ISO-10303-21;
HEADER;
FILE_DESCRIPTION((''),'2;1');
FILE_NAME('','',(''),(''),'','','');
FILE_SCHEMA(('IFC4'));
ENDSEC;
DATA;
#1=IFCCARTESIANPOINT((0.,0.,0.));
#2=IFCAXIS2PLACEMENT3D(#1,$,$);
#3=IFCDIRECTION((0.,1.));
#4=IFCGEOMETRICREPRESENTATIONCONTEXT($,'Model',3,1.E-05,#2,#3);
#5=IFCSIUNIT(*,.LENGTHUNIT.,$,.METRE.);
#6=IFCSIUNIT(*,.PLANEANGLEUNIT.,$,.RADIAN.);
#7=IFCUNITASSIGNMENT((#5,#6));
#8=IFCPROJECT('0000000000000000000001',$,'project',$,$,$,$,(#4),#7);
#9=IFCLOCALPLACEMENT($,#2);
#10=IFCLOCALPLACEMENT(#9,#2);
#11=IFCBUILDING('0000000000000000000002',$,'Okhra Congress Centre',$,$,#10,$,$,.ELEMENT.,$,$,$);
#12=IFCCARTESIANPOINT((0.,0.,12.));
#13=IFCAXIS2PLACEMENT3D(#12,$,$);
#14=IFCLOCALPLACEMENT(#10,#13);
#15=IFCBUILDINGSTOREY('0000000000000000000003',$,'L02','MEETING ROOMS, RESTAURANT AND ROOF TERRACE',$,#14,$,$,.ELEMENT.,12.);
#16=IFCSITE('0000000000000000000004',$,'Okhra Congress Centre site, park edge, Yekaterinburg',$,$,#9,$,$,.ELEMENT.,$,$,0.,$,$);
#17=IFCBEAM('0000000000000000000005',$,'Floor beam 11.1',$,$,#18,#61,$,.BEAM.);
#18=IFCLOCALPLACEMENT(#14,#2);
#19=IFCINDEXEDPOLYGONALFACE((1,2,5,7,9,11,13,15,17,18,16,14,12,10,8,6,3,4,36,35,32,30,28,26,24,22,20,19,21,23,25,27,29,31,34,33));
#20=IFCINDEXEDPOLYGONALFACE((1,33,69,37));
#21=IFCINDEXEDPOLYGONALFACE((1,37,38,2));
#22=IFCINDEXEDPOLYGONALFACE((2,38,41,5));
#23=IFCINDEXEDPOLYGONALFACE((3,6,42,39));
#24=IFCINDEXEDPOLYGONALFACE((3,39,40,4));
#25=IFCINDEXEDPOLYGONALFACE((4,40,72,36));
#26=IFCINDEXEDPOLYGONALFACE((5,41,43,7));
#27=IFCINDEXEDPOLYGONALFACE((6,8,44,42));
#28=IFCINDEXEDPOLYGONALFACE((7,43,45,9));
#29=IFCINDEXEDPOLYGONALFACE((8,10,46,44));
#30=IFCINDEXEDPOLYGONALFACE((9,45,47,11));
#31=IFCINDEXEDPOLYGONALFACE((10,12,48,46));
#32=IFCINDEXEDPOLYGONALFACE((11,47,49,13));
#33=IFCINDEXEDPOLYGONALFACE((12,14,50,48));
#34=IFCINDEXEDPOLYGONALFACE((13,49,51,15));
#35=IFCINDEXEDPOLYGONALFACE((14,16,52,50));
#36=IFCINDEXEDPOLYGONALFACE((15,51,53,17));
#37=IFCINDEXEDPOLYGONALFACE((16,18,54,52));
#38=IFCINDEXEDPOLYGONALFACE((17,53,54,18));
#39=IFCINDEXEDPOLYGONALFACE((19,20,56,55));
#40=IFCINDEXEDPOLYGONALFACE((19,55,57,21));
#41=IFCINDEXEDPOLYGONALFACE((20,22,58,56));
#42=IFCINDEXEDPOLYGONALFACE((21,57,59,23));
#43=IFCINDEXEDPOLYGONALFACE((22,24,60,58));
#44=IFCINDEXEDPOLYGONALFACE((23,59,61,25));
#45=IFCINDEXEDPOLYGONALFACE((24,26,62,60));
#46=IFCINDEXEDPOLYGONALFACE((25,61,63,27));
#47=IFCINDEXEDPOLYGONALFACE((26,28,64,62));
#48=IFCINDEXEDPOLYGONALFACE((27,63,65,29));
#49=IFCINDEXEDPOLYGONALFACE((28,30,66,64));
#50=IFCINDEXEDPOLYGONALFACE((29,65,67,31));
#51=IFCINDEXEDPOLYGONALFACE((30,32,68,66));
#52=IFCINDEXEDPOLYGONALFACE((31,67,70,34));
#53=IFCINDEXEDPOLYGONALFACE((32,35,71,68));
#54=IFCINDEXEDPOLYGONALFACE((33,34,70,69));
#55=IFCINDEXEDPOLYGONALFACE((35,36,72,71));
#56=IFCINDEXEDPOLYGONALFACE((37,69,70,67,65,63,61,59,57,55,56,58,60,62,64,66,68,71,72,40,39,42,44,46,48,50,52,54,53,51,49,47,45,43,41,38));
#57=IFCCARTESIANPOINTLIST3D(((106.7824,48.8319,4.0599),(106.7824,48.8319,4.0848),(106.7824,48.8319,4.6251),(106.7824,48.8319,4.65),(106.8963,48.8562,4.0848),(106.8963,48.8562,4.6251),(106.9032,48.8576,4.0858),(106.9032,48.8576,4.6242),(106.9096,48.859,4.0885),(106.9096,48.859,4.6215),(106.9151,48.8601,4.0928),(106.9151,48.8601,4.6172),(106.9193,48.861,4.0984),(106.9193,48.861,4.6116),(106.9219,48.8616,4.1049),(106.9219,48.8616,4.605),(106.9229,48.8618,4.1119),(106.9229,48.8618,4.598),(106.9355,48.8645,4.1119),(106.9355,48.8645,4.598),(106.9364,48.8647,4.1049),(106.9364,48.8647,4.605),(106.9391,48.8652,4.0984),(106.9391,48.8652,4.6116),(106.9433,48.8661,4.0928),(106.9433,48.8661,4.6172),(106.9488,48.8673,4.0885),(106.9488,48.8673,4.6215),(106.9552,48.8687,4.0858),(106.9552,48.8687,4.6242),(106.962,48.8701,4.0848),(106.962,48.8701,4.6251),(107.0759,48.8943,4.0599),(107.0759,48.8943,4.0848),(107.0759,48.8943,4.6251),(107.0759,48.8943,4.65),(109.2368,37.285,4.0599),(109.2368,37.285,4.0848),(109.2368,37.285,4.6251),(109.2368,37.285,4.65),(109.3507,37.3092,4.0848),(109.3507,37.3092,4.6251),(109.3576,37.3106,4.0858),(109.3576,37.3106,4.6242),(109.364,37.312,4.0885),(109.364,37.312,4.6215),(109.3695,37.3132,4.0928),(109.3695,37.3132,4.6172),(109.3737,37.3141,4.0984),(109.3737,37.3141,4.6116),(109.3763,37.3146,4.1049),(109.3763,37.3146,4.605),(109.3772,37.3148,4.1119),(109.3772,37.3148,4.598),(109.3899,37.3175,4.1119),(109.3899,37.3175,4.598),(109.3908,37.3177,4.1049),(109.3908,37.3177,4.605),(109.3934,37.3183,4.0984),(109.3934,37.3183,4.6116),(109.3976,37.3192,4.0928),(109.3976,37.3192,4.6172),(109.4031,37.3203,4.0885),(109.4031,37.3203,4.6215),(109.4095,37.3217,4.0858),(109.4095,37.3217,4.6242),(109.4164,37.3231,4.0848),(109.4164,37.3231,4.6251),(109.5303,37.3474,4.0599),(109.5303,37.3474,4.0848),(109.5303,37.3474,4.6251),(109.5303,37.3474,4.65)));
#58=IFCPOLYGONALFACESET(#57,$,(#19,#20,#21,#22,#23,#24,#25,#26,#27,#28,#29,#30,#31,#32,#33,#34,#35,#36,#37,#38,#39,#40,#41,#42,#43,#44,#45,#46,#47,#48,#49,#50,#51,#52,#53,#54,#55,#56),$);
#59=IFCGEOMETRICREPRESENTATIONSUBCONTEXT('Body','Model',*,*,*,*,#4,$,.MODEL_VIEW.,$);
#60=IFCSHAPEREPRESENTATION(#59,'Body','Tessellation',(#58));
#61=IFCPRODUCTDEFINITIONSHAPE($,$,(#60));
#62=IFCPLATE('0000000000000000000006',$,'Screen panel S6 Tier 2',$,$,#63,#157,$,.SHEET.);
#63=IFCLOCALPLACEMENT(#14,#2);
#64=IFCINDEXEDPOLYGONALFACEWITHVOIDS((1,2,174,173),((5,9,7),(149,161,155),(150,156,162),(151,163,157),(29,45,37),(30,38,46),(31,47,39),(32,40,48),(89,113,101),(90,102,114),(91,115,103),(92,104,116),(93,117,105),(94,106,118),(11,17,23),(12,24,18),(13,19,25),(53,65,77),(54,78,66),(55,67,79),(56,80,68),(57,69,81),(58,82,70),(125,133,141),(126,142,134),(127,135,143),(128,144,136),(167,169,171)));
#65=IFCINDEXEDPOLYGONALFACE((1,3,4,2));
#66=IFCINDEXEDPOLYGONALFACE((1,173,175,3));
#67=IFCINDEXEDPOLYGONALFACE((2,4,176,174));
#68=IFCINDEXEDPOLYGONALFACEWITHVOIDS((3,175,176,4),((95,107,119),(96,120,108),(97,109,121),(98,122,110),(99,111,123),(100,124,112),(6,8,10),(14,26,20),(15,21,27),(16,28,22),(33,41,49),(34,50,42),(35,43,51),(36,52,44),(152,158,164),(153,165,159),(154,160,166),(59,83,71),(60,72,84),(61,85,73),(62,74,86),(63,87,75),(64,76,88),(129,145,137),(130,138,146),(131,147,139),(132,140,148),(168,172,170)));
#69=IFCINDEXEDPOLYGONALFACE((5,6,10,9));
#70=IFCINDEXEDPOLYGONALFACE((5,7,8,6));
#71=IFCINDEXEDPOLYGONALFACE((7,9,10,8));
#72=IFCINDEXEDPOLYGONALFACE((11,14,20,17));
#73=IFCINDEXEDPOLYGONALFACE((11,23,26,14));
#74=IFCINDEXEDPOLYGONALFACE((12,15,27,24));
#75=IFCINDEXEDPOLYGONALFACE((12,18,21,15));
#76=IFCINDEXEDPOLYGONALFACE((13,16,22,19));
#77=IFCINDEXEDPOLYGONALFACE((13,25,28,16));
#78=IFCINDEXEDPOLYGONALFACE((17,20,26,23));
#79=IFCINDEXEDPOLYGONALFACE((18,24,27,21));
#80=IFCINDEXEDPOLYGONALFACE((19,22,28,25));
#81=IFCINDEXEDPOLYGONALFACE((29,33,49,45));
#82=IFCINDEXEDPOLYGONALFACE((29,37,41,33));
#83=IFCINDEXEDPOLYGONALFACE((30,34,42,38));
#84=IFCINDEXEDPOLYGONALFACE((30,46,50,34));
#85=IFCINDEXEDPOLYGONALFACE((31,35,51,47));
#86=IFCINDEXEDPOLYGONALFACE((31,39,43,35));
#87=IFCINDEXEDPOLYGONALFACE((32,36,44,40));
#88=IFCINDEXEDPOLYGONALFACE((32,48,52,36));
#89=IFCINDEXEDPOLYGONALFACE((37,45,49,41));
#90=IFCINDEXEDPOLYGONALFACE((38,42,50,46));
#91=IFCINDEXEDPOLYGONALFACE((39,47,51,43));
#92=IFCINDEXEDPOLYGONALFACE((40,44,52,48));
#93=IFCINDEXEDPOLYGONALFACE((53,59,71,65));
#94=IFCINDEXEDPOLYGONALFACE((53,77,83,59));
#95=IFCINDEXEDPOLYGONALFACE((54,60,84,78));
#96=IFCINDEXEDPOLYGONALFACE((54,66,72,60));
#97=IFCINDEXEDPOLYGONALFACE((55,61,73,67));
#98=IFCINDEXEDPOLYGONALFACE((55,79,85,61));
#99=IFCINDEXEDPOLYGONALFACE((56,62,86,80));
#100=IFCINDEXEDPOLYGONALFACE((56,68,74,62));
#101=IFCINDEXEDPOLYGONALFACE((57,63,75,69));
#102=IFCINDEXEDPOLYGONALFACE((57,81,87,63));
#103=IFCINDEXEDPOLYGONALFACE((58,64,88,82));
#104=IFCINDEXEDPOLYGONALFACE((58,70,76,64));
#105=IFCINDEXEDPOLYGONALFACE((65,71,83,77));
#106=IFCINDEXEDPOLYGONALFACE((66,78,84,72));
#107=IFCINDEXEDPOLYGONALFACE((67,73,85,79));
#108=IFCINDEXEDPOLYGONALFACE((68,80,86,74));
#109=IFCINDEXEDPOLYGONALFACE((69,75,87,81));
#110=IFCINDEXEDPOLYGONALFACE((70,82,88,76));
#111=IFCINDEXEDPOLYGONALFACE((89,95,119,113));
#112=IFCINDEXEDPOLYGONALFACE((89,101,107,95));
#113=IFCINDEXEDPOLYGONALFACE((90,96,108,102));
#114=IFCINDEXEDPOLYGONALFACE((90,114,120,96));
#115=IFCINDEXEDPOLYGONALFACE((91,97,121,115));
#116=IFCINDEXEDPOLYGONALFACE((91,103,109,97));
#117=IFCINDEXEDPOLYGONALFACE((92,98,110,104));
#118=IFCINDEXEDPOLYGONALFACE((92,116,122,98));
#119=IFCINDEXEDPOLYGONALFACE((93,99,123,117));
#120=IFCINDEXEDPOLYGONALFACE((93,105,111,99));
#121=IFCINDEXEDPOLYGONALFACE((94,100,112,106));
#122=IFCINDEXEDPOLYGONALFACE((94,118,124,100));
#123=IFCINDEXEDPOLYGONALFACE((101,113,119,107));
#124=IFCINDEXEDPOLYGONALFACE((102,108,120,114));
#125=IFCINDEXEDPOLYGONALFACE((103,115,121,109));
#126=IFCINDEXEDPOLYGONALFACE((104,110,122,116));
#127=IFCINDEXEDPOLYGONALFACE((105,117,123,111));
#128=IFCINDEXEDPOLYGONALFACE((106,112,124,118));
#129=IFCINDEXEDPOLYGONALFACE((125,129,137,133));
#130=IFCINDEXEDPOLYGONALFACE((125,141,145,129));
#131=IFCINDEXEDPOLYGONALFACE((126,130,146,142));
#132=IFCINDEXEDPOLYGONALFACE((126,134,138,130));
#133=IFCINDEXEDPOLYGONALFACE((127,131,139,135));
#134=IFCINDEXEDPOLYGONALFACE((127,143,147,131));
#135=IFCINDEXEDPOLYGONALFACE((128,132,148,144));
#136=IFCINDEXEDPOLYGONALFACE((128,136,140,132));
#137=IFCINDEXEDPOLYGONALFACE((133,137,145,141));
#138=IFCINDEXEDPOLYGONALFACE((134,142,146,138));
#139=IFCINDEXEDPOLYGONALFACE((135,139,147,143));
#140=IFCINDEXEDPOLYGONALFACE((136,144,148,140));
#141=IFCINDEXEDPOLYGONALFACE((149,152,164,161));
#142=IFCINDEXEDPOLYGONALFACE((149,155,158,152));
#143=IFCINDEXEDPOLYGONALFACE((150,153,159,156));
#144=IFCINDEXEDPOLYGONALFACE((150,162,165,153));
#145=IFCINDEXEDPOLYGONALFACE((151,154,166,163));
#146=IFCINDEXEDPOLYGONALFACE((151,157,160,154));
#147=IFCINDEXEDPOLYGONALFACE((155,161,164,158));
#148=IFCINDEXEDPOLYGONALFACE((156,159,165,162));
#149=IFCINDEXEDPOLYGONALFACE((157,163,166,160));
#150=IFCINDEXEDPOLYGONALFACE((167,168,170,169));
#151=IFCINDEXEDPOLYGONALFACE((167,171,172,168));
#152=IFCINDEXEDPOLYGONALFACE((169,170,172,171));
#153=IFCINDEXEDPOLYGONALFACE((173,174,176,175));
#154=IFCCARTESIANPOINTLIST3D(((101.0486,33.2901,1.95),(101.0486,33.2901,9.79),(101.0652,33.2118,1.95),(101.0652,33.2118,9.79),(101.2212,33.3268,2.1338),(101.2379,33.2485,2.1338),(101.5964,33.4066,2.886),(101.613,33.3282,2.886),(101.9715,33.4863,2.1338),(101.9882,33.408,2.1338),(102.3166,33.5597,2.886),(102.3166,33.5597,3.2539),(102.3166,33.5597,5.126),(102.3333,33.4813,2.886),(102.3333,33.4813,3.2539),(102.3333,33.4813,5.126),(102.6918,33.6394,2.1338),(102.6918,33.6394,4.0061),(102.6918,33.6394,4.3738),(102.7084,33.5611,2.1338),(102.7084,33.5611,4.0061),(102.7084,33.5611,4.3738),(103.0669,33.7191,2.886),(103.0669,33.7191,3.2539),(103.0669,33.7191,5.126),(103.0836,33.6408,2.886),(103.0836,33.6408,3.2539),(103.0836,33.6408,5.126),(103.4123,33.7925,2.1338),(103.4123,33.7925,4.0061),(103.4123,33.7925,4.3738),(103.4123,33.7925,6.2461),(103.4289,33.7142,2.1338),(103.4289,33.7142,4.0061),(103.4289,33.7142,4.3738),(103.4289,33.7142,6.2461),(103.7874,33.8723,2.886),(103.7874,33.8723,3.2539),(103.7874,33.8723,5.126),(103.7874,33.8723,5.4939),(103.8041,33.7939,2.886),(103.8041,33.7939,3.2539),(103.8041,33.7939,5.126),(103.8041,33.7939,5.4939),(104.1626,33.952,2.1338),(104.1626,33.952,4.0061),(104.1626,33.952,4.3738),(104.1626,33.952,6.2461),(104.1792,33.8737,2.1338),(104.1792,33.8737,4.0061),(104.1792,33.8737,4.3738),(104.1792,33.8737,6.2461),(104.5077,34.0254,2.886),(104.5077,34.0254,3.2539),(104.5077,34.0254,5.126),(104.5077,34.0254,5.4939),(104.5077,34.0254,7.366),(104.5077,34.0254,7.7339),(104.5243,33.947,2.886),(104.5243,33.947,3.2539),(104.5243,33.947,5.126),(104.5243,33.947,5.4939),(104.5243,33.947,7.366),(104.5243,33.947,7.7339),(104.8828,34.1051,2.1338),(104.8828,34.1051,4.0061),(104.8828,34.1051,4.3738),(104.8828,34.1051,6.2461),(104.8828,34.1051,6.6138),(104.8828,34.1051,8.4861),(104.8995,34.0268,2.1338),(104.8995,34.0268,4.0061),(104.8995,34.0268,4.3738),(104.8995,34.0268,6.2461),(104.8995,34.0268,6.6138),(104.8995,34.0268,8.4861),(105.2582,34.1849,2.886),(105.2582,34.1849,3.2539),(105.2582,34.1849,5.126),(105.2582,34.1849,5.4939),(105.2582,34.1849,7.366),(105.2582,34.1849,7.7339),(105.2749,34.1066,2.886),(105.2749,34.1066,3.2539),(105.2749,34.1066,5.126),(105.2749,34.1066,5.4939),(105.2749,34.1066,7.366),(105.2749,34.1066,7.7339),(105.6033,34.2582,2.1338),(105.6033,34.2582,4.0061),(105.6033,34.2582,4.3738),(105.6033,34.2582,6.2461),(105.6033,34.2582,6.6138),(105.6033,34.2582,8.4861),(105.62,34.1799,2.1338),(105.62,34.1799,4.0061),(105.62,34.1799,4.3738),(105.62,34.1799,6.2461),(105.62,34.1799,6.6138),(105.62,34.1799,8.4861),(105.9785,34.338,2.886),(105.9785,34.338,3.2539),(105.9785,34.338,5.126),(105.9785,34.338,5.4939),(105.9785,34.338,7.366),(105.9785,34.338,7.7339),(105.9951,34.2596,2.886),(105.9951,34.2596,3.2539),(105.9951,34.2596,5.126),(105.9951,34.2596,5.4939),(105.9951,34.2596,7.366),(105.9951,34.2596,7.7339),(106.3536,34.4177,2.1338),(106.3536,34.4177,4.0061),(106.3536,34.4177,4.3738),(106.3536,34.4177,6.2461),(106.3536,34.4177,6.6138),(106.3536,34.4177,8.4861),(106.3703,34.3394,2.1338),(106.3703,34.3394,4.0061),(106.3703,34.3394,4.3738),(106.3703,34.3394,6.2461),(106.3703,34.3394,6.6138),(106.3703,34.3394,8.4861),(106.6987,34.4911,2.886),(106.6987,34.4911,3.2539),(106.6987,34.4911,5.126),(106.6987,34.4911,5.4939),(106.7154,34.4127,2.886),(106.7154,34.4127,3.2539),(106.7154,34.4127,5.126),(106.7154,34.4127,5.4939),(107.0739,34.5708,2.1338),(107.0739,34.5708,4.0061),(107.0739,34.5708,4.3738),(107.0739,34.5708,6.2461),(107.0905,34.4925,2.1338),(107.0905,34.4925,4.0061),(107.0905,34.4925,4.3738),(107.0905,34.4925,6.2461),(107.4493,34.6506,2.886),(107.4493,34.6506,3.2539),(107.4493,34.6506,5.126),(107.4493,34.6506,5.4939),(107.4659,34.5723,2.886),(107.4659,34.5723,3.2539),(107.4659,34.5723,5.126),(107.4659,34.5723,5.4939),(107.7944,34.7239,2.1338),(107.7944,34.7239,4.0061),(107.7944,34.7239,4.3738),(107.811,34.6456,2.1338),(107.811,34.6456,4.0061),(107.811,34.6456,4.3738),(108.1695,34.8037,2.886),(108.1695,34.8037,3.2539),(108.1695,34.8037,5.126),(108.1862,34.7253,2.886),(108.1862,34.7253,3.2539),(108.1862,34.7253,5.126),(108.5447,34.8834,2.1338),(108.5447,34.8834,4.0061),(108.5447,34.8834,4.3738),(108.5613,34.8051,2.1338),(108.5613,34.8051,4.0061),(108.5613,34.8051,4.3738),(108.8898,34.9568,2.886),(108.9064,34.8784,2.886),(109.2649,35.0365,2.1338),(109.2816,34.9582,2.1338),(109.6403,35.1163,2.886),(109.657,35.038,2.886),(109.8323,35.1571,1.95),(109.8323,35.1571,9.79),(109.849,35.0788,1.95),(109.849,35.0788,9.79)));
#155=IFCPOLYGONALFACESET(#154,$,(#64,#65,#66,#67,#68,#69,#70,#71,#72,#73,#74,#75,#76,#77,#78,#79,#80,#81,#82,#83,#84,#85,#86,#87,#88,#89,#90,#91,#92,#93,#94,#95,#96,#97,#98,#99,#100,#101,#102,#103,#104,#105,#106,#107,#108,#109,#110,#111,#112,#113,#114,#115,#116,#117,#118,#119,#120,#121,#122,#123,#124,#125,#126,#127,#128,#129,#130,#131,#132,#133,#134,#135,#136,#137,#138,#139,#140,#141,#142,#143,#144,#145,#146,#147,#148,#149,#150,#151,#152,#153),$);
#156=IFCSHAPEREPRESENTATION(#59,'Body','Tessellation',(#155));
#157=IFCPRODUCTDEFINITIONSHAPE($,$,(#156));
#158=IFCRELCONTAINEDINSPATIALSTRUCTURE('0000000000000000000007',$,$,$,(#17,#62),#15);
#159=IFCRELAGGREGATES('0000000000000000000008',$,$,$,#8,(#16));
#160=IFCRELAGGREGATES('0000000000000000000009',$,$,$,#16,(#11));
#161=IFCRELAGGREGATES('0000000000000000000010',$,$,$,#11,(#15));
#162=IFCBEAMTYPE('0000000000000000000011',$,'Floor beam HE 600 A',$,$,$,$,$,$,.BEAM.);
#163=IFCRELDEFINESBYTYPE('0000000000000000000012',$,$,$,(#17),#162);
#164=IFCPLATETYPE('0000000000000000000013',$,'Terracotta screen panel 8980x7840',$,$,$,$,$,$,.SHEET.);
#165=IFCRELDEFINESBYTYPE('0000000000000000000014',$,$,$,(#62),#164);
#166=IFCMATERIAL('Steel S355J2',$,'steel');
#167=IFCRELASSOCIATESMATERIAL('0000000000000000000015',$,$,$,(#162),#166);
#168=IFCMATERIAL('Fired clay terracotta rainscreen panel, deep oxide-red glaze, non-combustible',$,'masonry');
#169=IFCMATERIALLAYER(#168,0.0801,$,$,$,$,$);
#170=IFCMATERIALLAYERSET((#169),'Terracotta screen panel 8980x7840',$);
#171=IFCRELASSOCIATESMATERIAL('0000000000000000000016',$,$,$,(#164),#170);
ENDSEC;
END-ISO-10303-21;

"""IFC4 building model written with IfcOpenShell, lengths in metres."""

from ifc_helpers import new_model, si_unit, direction, frame, origin, origin_2d, place, context, subcontext, project, spatial, polyline, i_section, outline, extrude, material, layer, layer_set, material_profile, profile_set, type_object, element, save


model = new_model("IFC4")

# Units and contexts
model_context = context("Model", 3, precision=1e-05, world=origin(), true_north=direction((0.0, 1.0)))
body_context = subcontext(model_context, "Body", "Model", "MODEL_VIEW")
ifc_project = project(units=[si_unit("LENGTHUNIT", "METRE"), si_unit("PLANEANGLEUNIT", "RADIAN")], contexts=[model_context])

# Site, building, storey
site_placement = place(None, origin())
site = spatial("IfcSite", under=ifc_project, at=site_placement, Name="Okhra Congress Centre site, park edge, Yekaterinburg", CompositionType="ELEMENT", RefElevation=0.0)
building_placement = place(site_placement, origin())
building = spatial("IfcBuilding", under=site, at=building_placement, Name="Okhra Congress Centre", CompositionType="ELEMENT")
storey_placement = place(building_placement, frame((0.0, 0.0, 12.0)))
storey = spatial("IfcBuildingStorey", under=building, at=storey_placement, Name="L02", Description="MEETING ROOMS, RESTAURANT AND ROOF TERRACE", CompositionType="ELEMENT", Elevation=12.0)

# Shared definitions
ifc_material_1 = material(Name="Steel S355J2", Category="steel")

# Beam
ifc_material_profile_1 = material_profile(ifc_material_1, i_section(OverallWidth=0.3, OverallDepth=0.5901, WebThickness=0.0129, FlangeThickness=0.0249, FilletRadius=0.0271, at=origin_2d()), Name="HE 600 A")
ifc_profile_set_1 = profile_set([ifc_material_profile_1], Name="Steel S355J2")
beam_type_1 = type_object("IfcBeamType", Name="Floor beam HE 600 A", PredefinedType="BEAM", material=ifc_profile_set_1)
beam_1_placement = place(storey_placement, frame((109.3835, 37.3162, 4.355), z_axis=(-0.20791, 0.978148, 0.0), x_axis=(-0.978148, -0.20791, 0.0)))
element("IfcBeam", 1, at=beam_1_placement, inside=storey, type_object=beam_type_1, Name="Floor beam 11.1", PredefinedType="BEAM", context=body_context, shape_type="SweptSolid", body=[
    extrude(i_section(OverallWidth=0.3, OverallDepth=0.5901, WebThickness=0.0129, FlangeThickness=0.0249, FilletRadius=0.0271, at=origin_2d()), origin(), (0.0, 0.0, 1.0), 11.8049),
])

# Plate
ifc_material_2 = material(Name="Fired clay terracotta rainscreen panel, deep oxide-red glaze, non-combustible", Category="masonry")
ifc_layer_1 = layer(ifc_material_2, 0.0801)
ifc_layer_set_1 = layer_set([ifc_layer_1], Name="Terracotta screen panel 8980x7840")
plate_type = type_object("IfcPlateType", Name="Terracotta screen panel 8980x7840", PredefinedType="SHEET", material=ifc_layer_set_1)
plate_1_placement = place(storey_placement, frame((101.0569, 33.251, 1.95), z_axis=(0.0, 0.0, 1.0), x_axis=(0.97815, 0.207902, 0.0)))
element("IfcPlate", 2, at=plate_1_placement, inside=storey, type_object=plate_type, Name="Screen panel S6 Tier 2", PredefinedType="SHEET", context=body_context, shape_type="SweptSolid", body=[
    extrude(outline(polyline([(0.0, 0.0), (8.98, 0.0), (8.98, 7.8401), (0.0, 7.8401), (0.0, 0.0)]), holes=[polyline([(0.1765, 0.1838), (0.9436, 0.1838), (0.5601, 0.936), (0.1765, 0.1838)]), polyline([(1.2964, 0.936), (1.6799, 0.1838), (2.0635, 0.936), (1.2964, 0.936)]), polyline([(2.4165, 0.1838), (3.1836, 0.1838), (2.8, 0.936), (2.4165, 0.1838)]), polyline([(3.5364, 0.936), (3.9199, 0.1838), (4.3037, 0.936), (3.5364, 0.936)]), polyline([(4.6565, 0.1838), (5.4236, 0.1838), (5.04, 0.936), (4.6565, 0.1838)]), polyline([(5.7764, 0.936), (6.1599, 0.1838), (6.5437, 0.936), (5.7764, 0.936)]), polyline([(6.8965, 0.1838), (7.6636, 0.1838), (7.28, 0.936), (6.8965, 0.1838)]), polyline([(8.0164, 0.936), (8.3999, 0.1838), (8.7837, 0.936), (8.0164, 0.936)]), polyline([(1.2964, 1.304), (2.0635, 1.304), (1.6799, 2.0562), (1.2964, 1.304)]), polyline([(2.4165, 2.0562), (2.8, 1.304), (3.1836, 2.0562), (2.4165, 2.0562)]), polyline([(3.5364, 1.304), (4.3037, 1.304), (3.9199, 2.0562), (3.5364, 1.304)]), polyline([(4.6565, 2.0562), (5.04, 1.304), (5.4236, 2.0562), (4.6565, 2.0562)]), polyline([(5.7764, 1.304), (6.5437, 1.304), (6.1599, 2.0562), (5.7764, 1.304)]), polyline([(6.8965, 2.0562), (7.28, 1.304), (7.6636, 2.0562), (6.8965, 2.0562)]), polyline([(1.2964, 3.176), (1.6799, 2.4238), (2.0635, 3.176), (1.2964, 3.176)]), polyline([(2.4165, 2.4238), (3.1836, 2.4238), (2.8, 3.176), (2.4165, 2.4238)]), polyline([(3.5364, 3.176), (3.9199, 2.4238), (4.3037, 3.176), (3.5364, 3.176)]), polyline([(4.6565, 2.4238), (5.4236, 2.4238), (5.04, 3.176), (4.6565, 2.4238)]), polyline([(5.7764, 3.176), (6.1599, 2.4238), (6.5437, 3.176), (5.7764, 3.176)]), polyline([(6.8965, 2.4238), (7.6636, 2.4238), (7.28, 3.176), (6.8965, 2.4238)]), polyline([(2.4165, 4.2961), (2.8, 3.5439), (3.1836, 4.2961), (2.4165, 4.2961)]), polyline([(3.5364, 3.5439), (4.3037, 3.5439), (3.9199, 4.2961), (3.5364, 3.5439)]), polyline([(4.6565, 4.2961), (5.04, 3.5439), (5.4236, 4.2961), (4.6565, 4.2961)]), polyline([(5.7764, 3.5439), (6.5437, 3.5439), (6.1599, 4.2961), (5.7764, 3.5439)]), polyline([(3.5364, 5.416), (3.9199, 4.6638), (4.3037, 5.416), (3.5364, 5.416)]), polyline([(4.6565, 4.6638), (5.4236, 4.6638), (5.04, 5.416), (4.6565, 4.6638)]), polyline([(3.5364, 5.7839), (4.3037, 5.7839), (3.9199, 6.5361), (3.5364, 5.7839)]), polyline([(4.6565, 6.5361), (5.04, 5.7839), (5.4236, 6.5361), (4.6565, 6.5361)])]), frame((0.0, 0.04, 0.0), z_axis=(0.0, -1.0, 0.0), x_axis=(1.0, 0.0, 0.0)), (0.0, 0.0, 1.0), 0.0801),
])

save(model, "model.ifc")
